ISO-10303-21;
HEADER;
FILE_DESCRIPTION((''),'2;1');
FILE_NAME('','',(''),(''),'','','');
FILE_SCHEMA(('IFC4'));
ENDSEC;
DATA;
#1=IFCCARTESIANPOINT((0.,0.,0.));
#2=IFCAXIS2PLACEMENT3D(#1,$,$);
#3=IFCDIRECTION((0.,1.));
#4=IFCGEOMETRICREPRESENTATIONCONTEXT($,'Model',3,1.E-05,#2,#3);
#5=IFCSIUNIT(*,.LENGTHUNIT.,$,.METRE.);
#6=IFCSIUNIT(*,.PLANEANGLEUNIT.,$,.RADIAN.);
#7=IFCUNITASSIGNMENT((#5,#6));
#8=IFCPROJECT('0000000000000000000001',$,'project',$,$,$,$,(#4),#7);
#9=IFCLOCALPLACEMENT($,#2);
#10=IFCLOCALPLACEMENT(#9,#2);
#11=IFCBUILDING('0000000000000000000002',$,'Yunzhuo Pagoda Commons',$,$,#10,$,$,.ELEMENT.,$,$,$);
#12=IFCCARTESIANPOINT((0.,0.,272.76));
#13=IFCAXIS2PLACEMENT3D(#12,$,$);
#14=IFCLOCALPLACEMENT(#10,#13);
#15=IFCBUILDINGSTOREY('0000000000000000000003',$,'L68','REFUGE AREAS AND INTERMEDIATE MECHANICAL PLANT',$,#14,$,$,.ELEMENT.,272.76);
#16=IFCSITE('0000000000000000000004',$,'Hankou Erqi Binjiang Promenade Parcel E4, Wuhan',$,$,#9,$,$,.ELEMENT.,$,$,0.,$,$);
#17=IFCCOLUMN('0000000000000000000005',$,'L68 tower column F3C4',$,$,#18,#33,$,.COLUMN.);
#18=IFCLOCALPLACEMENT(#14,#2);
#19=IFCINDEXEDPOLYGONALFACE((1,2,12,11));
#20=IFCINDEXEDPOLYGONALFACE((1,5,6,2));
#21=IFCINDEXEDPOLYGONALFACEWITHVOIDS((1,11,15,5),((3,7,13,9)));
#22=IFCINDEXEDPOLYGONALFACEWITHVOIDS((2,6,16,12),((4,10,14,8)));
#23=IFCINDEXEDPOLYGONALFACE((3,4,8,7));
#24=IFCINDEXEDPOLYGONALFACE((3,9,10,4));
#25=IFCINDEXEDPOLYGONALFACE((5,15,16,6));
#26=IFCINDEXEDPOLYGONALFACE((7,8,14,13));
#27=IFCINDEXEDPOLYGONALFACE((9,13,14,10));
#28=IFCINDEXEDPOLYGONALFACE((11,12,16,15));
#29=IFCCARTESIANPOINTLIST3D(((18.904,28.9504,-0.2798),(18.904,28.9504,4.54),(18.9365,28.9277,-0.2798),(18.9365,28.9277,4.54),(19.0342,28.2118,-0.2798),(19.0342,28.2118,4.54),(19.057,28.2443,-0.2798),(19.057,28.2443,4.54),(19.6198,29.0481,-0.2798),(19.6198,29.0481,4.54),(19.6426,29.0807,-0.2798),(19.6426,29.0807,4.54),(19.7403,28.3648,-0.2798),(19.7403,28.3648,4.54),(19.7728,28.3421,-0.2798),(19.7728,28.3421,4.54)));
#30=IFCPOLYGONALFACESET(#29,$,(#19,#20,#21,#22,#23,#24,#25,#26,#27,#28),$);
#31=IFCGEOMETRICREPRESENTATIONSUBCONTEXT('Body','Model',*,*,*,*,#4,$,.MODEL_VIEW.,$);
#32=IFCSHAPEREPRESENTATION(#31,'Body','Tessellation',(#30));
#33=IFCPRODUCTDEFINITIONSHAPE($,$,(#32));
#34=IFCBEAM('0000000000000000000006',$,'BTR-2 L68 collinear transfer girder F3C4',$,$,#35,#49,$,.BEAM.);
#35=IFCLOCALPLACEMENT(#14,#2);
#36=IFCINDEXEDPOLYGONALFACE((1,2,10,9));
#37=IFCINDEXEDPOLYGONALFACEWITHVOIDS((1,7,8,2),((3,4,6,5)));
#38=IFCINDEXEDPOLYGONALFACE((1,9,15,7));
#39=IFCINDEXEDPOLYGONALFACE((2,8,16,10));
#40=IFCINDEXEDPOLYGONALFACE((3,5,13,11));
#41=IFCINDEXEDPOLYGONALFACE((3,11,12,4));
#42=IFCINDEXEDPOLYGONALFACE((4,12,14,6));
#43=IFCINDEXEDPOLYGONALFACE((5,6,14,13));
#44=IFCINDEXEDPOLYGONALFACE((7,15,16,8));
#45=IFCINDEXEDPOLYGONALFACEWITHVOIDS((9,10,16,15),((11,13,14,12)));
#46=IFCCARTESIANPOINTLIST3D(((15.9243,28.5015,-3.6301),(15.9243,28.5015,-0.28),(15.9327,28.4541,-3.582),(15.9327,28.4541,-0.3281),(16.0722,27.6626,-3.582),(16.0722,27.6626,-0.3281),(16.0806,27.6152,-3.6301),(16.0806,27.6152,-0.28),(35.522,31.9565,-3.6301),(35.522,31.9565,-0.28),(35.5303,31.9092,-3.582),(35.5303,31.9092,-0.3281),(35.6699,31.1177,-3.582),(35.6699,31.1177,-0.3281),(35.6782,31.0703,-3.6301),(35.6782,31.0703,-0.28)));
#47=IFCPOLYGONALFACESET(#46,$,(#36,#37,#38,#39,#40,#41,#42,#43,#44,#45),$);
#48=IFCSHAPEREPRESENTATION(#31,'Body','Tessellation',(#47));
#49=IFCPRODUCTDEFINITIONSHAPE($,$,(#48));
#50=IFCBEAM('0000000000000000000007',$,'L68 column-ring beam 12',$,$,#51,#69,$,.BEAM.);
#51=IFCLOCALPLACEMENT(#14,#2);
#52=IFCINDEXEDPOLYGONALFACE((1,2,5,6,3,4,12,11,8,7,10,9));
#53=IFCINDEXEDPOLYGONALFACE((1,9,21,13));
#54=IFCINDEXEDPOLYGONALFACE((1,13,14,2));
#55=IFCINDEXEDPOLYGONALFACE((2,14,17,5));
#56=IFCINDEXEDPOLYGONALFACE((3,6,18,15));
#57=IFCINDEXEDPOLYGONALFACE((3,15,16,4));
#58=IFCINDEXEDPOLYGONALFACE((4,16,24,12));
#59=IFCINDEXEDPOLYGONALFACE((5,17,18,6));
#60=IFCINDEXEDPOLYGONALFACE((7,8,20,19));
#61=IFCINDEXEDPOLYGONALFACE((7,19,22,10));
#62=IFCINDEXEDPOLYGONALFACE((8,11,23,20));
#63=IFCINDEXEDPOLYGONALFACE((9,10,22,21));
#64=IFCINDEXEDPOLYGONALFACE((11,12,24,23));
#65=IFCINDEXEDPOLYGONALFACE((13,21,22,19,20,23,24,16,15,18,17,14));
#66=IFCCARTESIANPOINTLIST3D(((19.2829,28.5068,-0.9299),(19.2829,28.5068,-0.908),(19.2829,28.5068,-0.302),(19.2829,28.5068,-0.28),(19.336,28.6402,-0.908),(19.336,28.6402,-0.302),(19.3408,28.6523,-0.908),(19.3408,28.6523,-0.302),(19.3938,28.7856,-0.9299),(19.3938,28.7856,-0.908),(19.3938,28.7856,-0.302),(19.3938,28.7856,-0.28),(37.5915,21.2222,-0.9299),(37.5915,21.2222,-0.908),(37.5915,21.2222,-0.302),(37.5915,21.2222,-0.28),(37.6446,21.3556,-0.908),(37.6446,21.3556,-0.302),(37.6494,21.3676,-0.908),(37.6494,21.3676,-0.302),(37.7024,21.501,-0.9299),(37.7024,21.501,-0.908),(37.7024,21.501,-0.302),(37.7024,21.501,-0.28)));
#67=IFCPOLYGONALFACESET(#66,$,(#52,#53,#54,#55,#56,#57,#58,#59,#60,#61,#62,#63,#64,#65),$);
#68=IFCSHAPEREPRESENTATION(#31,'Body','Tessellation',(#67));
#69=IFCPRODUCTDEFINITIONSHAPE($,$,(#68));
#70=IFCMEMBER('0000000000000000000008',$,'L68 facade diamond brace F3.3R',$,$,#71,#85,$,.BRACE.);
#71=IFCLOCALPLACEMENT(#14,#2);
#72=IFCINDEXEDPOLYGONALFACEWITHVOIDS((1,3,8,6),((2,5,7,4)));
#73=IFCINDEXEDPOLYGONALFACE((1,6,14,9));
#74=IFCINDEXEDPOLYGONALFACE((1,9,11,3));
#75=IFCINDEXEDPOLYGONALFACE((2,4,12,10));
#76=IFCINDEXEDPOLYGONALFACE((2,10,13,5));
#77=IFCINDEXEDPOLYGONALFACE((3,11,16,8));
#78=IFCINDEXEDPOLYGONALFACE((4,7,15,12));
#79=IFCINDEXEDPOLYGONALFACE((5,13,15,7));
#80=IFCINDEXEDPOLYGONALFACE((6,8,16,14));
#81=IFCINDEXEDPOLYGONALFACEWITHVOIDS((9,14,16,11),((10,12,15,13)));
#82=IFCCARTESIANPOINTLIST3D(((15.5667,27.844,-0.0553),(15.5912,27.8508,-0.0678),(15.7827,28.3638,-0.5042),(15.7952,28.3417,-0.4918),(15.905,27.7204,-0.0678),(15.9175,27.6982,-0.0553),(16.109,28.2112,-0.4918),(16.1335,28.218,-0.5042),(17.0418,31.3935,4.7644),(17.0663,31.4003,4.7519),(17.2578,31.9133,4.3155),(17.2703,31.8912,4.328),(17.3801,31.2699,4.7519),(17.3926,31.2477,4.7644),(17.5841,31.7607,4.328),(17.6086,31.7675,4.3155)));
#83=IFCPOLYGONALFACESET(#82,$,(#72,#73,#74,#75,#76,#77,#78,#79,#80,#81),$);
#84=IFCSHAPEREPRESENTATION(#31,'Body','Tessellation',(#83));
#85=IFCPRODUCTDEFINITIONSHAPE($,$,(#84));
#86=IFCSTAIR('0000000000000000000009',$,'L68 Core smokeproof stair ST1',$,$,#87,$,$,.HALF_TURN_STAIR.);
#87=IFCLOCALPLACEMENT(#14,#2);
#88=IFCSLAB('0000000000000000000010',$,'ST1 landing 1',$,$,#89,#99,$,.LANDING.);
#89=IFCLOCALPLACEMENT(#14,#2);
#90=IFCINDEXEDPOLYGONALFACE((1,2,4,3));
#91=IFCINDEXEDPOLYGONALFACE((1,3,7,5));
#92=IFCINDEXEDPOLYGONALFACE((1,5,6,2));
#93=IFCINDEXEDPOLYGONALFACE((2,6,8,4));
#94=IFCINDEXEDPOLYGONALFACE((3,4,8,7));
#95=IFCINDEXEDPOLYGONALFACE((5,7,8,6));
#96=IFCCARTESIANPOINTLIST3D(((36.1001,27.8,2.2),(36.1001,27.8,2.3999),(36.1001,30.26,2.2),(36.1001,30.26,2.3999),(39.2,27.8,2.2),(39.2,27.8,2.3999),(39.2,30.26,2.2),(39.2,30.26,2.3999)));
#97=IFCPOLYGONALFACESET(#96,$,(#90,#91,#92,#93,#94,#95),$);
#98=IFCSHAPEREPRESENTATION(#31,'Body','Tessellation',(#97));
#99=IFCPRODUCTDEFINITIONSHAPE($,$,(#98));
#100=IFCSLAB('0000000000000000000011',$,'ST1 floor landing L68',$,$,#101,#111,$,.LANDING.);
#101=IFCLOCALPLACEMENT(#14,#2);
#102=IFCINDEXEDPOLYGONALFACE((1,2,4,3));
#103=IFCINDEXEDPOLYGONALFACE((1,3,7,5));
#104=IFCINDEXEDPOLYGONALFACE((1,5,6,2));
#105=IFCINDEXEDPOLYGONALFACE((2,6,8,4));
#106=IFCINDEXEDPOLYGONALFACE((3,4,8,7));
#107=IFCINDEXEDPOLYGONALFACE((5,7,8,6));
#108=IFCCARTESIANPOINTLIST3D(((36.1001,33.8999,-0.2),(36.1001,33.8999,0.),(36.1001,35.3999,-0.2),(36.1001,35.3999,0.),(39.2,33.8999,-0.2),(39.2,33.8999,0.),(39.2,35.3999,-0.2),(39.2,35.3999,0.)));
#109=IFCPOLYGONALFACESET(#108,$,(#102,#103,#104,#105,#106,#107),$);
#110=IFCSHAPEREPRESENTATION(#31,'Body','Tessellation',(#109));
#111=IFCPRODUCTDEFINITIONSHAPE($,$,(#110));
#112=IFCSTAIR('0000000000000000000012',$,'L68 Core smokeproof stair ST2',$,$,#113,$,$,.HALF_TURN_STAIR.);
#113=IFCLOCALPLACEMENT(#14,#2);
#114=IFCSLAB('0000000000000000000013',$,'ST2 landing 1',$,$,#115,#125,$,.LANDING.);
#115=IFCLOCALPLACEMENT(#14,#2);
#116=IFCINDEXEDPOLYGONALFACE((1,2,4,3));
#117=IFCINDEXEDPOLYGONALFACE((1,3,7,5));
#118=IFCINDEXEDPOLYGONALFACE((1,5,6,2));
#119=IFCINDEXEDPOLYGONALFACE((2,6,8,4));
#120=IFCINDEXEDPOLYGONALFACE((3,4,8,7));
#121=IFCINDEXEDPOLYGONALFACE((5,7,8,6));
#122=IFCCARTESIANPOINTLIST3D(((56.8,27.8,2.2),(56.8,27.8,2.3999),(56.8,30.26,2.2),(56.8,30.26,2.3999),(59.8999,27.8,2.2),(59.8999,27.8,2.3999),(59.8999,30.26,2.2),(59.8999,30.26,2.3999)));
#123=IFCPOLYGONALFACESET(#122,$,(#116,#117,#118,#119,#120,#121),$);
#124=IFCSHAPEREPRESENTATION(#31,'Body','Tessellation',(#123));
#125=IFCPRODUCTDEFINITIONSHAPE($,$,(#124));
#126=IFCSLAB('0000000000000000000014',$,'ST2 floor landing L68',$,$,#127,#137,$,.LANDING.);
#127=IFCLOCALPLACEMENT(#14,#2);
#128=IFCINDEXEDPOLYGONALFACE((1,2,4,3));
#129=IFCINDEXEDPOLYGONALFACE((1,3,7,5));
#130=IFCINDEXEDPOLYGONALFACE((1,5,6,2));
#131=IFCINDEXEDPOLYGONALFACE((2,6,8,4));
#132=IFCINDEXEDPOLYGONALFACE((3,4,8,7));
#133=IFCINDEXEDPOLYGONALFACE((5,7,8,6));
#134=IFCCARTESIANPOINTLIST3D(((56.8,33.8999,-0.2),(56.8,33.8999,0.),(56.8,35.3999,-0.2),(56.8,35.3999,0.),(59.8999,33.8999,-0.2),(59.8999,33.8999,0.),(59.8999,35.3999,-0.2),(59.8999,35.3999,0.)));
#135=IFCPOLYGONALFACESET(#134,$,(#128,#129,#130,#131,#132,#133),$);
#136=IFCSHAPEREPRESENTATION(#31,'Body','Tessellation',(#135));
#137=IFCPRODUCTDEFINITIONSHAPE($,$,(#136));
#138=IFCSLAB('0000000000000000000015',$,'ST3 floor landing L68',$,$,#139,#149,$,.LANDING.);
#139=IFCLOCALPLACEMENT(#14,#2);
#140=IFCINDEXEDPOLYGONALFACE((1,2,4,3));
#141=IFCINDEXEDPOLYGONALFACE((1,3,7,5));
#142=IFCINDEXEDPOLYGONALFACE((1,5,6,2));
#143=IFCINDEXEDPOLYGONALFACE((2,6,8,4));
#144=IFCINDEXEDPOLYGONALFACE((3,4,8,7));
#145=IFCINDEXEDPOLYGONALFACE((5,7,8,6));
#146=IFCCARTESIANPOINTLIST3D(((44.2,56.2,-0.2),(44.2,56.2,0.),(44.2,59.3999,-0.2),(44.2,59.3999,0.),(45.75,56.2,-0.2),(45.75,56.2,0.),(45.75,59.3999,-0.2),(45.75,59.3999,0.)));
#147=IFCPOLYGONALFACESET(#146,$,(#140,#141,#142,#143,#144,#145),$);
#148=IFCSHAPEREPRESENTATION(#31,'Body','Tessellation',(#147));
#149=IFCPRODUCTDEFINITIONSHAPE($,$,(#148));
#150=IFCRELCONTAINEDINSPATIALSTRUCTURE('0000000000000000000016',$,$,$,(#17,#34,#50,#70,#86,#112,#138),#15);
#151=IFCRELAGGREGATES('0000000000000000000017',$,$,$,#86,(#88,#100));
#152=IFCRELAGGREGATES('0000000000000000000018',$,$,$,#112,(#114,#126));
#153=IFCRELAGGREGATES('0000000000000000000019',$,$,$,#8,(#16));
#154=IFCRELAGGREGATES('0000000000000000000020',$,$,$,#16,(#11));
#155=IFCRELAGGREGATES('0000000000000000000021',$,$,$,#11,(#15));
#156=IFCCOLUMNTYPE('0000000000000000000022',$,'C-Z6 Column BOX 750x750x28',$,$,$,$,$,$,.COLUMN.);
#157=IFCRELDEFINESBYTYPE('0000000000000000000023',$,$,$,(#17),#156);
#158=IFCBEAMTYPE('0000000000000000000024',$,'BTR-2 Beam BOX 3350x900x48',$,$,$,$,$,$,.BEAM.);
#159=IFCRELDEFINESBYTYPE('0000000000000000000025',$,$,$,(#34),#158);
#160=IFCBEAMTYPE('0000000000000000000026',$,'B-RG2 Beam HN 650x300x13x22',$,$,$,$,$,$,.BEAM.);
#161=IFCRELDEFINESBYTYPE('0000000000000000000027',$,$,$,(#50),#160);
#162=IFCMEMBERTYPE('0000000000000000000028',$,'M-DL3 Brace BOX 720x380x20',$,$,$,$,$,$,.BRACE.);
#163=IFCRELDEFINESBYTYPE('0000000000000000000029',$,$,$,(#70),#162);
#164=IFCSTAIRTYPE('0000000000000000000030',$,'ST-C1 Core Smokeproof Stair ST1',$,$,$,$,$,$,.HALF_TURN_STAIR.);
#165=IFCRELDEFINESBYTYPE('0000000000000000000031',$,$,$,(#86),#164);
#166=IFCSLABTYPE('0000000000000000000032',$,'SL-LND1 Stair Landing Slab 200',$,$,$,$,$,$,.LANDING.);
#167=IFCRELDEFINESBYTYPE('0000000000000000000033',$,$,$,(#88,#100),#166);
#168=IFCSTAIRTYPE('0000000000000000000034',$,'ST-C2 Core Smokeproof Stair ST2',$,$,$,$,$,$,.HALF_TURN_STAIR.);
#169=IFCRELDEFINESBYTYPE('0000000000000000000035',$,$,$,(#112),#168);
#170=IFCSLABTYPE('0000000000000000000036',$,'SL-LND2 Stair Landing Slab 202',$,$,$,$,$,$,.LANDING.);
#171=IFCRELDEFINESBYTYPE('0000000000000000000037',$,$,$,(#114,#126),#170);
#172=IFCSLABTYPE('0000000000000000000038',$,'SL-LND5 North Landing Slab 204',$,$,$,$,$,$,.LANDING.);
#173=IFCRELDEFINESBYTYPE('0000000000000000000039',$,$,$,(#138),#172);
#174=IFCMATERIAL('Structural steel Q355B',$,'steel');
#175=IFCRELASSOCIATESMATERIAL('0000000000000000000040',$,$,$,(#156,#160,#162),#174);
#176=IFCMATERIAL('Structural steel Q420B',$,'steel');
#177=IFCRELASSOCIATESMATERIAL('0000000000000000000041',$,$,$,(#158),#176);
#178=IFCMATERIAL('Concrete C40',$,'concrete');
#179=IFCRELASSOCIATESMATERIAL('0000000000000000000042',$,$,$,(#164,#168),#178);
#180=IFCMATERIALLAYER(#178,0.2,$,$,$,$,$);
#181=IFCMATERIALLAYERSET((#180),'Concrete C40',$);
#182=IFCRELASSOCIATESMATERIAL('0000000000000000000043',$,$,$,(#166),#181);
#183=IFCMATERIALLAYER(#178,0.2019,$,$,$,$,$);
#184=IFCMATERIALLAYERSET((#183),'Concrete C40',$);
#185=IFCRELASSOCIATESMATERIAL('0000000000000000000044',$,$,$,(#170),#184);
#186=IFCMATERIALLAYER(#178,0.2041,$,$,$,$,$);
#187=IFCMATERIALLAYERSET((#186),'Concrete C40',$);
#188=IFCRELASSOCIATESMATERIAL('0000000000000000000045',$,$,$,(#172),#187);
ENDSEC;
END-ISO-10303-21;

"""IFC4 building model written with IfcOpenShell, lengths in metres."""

from ifc_helpers import new_model, si_unit, direction, frame, origin, origin_2d, place, context, subcontext, project, spatial, polyline, hollow_rectangle, i_section, outline, extrude, source, transform, mapped, material, layer, layer_set, material_profile, profile_set, type_object, element, aggregate, save


model = new_model("IFC4")

# Units and contexts
model_context = context("Model", 3, precision=1e-05, world=origin(), true_north=direction((0.0, 1.0)))
body_context = subcontext(model_context, "Body", "Model", "MODEL_VIEW")
ifc_project = project(units=[si_unit("LENGTHUNIT", "METRE"), si_unit("PLANEANGLEUNIT", "RADIAN")], contexts=[model_context])

# Site, building, storey
site_placement = place(None, origin())
site = spatial("IfcSite", under=ifc_project, at=site_placement, Name="Hankou Erqi Binjiang Promenade Parcel E4, Wuhan", CompositionType="ELEMENT", RefElevation=0.0)
building_placement = place(site_placement, origin())
building = spatial("IfcBuilding", under=site, at=building_placement, Name="Yunzhuo Pagoda Commons", CompositionType="ELEMENT")
storey_placement = place(building_placement, frame((0.0, 0.0, 272.76)))
storey = spatial("IfcBuildingStorey", under=building, at=storey_placement, Name="L68", Description="REFUGE AREAS AND INTERMEDIATE MECHANICAL PLANT", CompositionType="ELEMENT", Elevation=272.76)

# Column
ifc_material_1 = material(Name="Structural steel Q355B", Category="steel")
ifc_material_profile_1 = material_profile(ifc_material_1, hollow_rectangle(XDim=0.75, YDim=0.75, WallThickness=0.0281, at=origin_2d()), Name="Structural steel Q355B")
ifc_profile_set_1 = profile_set([ifc_material_profile_1], Name="Structural steel Q355B")
column_type = type_object("IfcColumnType", Name="C-Z6 Column BOX 750x750x28", PredefinedType="COLUMN", material=ifc_profile_set_1)
shared_shape_1 = source(origin(), body_context, "Body", "SweptSolid", [
    extrude(hollow_rectangle(XDim=0.75, YDim=0.75, WallThickness=0.0281, at=origin_2d()), origin(), (0.0, 0.0, 1.0), 4.8198),
])
column_placement = place(storey_placement, frame((19.3384, 28.6462, -0.2798), z_axis=(0.0, 0.0, 1.0), x_axis=(0.173648, -0.984808, 0.0)))
element("IfcColumn", 1, at=column_placement, inside=storey, type_object=column_type, Name="L68 tower column F3C4", PredefinedType="COLUMN", context=body_context, shape_type="MappedRepresentation", body=[
    mapped(shared_shape_1, transform((0.0, 0.0, 0.0), scale=1.0)),
])

# Beams
ifc_material_2 = material(Name="Structural steel Q420B", Category="steel")
ifc_material_profile_2 = material_profile(ifc_material_2, hollow_rectangle(XDim=0.8999, YDim=3.3501, WallThickness=0.0481, at=origin_2d()), Name="Structural steel Q420B")
ifc_profile_set_2 = profile_set([ifc_material_profile_2], Name="Structural steel Q420B")
beam_type_1 = type_object("IfcBeamType", Name="BTR-2 Beam BOX 3350x900x48", PredefinedType="BEAM", material=ifc_profile_set_2)
shared_shape_2 = source(origin(), body_context, "Body", "SweptSolid", [
    extrude(hollow_rectangle(XDim=0.8999, YDim=3.3501, WallThickness=0.0481, at=origin_2d()), origin(), (0.0, 0.0, 1.0), 19.8999),
])
beam_1_placement = place(storey_placement, frame((16.0024, 28.0583, -1.9551), z_axis=(0.984812, 0.173623, 0.0), x_axis=(-0.173623, 0.984812, 0.0)))
element("IfcBeam", 2, at=beam_1_placement, inside=storey, type_object=beam_type_1, Name="BTR-2 L68 collinear transfer girder F3C4", PredefinedType="BEAM", context=body_context, shape_type="MappedRepresentation", body=[
    mapped(shared_shape_2, transform((0.0, 0.0, 0.0), scale=1.0)),
])
ifc_material_profile_3 = material_profile(ifc_material_1, i_section(OverallWidth=0.3, OverallDepth=0.6499, WebThickness=0.0129, FlangeThickness=0.022, at=origin_2d()), Name="Structural steel Q355B")
ifc_profile_set_3 = profile_set([ifc_material_profile_3], Name="Structural steel Q355B")
beam_type_2 = type_object("IfcBeamType", Name="B-RG2 Beam HN 650x300x13x22", PredefinedType="BEAM", material=ifc_profile_set_3)
shared_shape_3 = source(origin(), body_context, "Body", "SweptSolid", [
    extrude(i_section(OverallWidth=0.3, OverallDepth=0.6499, WebThickness=0.0129, FlangeThickness=0.022, at=origin_2d()), origin(), (0.0, 0.0, 1.0), 19.7046),
])
beam_2_placement = place(storey_placement, frame((19.3384, 28.6462, -0.605), z_axis=(0.929154, -0.369694, 0.0), x_axis=(0.369694, 0.929154, 0.0)))
element("IfcBeam", 3, at=beam_2_placement, inside=storey, type_object=beam_type_2, Name="L68 column-ring beam 12", PredefinedType="BEAM", context=body_context, shape_type="MappedRepresentation", body=[
    mapped(shared_shape_3, transform((0.0, 0.0, 0.0), scale=1.0)),
])

# Member
ifc_material_profile_4 = material_profile(ifc_material_1, hollow_rectangle(XDim=0.3799, YDim=0.72, WallThickness=0.02, at=origin_2d()), Name="Structural steel Q355B")
ifc_profile_set_4 = profile_set([ifc_material_profile_4], Name="Structural steel Q355B")
member_type = type_object("IfcMemberType", Name="M-DL3 Brace BOX 720x380x20", PredefinedType="BRACE", material=ifc_profile_set_4)
shared_shape_4 = source(origin(), body_context, "Body", "SweptSolid", [
    extrude(hollow_rectangle(XDim=0.3799, YDim=0.72, WallThickness=0.02, at=origin_2d()), origin(), (0.0, 0.0, 1.0), 6.1648),
])
member_placement = place(storey_placement, frame((15.8501, 28.031, -0.2798), z_axis=(0.239274, 0.575769, 0.781817), x_axis=(-0.923435, 0.383754, 0.0)))
element("IfcMember", 4, at=member_placement, inside=storey, type_object=member_type, Name="L68 facade diamond brace F3.3R", PredefinedType="BRACE", context=body_context, shape_type="MappedRepresentation", body=[
    mapped(shared_shape_4, transform((0.0, 0.0, 0.0), scale=1.0)),
])

# Stairs, slabs
ifc_material_3 = material(Name="Concrete C40", Category="concrete")
stair_type_1 = type_object("IfcStairType", Name="ST-C1 Core Smokeproof Stair ST1", PredefinedType="HALF_TURN_STAIR", material=ifc_material_3)
stair_1_placement = place(storey_placement, origin())
stair_1 = element("IfcStair", 5, at=stair_1_placement, inside=storey, type_object=stair_type_1, Name="L68 Core smokeproof stair ST1", PredefinedType="HALF_TURN_STAIR")
ifc_layer_1 = layer(ifc_material_3, 0.2)
ifc_layer_set_1 = layer_set([ifc_layer_1], Name="Concrete C40")
slab_type_1 = type_object("IfcSlabType", Name="SL-LND1 Stair Landing Slab 200", PredefinedType="LANDING", material=ifc_layer_set_1)
slab_1_placement = place(storey_placement, frame((0.0, 0.0, 2.2)))
slab_1 = element("IfcSlab", 6, at=slab_1_placement, type_object=slab_type_1, Name="ST1 landing 1", PredefinedType="LANDING", context=body_context, shape_type="SweptSolid", body=[
    extrude(outline(polyline([(36.1001, 30.26), (36.1001, 27.8), (39.2, 27.8), (39.2, 30.26), (36.1001, 30.26)])), origin(), (0.0, 0.0, 1.0), 0.2),
])
slab_2_placement = place(storey_placement, frame((0.0, 0.0, -0.2)))
slab_2 = element("IfcSlab", 7, at=slab_2_placement, type_object=slab_type_1, Name="ST1 floor landing L68", PredefinedType="LANDING", context=body_context, shape_type="SweptSolid", body=[
    extrude(outline(polyline([(36.1001, 35.3999), (36.1001, 33.8999), (39.2, 33.8999), (39.2, 35.3999), (36.1001, 35.3999)])), origin(), (0.0, 0.0, 1.0), 0.2),
])
aggregate(stair_1, [slab_1, slab_2])
stair_type_2 = type_object("IfcStairType", Name="ST-C2 Core Smokeproof Stair ST2", PredefinedType="HALF_TURN_STAIR", material=ifc_material_3)
stair_2_placement = place(storey_placement, origin())
stair_2 = element("IfcStair", 8, at=stair_2_placement, inside=storey, type_object=stair_type_2, Name="L68 Core smokeproof stair ST2", PredefinedType="HALF_TURN_STAIR")
ifc_layer_2 = layer(ifc_material_3, 0.2019)
ifc_layer_set_2 = layer_set([ifc_layer_2], Name="Concrete C40")
slab_type_2 = type_object("IfcSlabType", Name="SL-LND2 Stair Landing Slab 202", PredefinedType="LANDING", material=ifc_layer_set_2)
slab_3_placement = place(storey_placement, frame((0.0, 0.0, 2.2)))
slab_3 = element("IfcSlab", 9, at=slab_3_placement, type_object=slab_type_2, Name="ST2 landing 1", PredefinedType="LANDING", context=body_context, shape_type="SweptSolid", body=[
    extrude(outline(polyline([(56.8, 30.26), (56.8, 27.8), (59.8999, 27.8), (59.8999, 30.26), (56.8, 30.26)])), origin(), (0.0, 0.0, 1.0), 0.2),
])
slab_4_placement = place(storey_placement, frame((0.0, 0.0, -0.2)))
slab_4 = element("IfcSlab", 10, at=slab_4_placement, type_object=slab_type_2, Name="ST2 floor landing L68", PredefinedType="LANDING", context=body_context, shape_type="SweptSolid", body=[
    extrude(outline(polyline([(56.8, 35.3999), (56.8, 33.8999), (59.8999, 33.8999), (59.8999, 35.3999), (56.8, 35.3999)])), origin(), (0.0, 0.0, 1.0), 0.2),
])
aggregate(stair_2, [slab_3, slab_4])

# Slab
ifc_layer_3 = layer(ifc_material_3, 0.2041)
ifc_layer_set_3 = layer_set([ifc_layer_3], Name="Concrete C40")
slab_type_3 = type_object("IfcSlabType", Name="SL-LND5 North Landing Slab 204", PredefinedType="LANDING", material=ifc_layer_set_3)
slab_5_placement = place(storey_placement, frame((0.0, 0.0, -0.2)))
element("IfcSlab", 11, at=slab_5_placement, inside=storey, type_object=slab_type_3, Name="ST3 floor landing L68", PredefinedType="LANDING", context=body_context, shape_type="SweptSolid", body=[
    extrude(outline(polyline([(44.2, 56.2), (45.75, 56.2), (45.75, 59.3999), (44.2, 59.3999), (44.2, 56.2)])), origin(), (0.0, 0.0, 1.0), 0.2),
])

save(model, "model.ifc")
